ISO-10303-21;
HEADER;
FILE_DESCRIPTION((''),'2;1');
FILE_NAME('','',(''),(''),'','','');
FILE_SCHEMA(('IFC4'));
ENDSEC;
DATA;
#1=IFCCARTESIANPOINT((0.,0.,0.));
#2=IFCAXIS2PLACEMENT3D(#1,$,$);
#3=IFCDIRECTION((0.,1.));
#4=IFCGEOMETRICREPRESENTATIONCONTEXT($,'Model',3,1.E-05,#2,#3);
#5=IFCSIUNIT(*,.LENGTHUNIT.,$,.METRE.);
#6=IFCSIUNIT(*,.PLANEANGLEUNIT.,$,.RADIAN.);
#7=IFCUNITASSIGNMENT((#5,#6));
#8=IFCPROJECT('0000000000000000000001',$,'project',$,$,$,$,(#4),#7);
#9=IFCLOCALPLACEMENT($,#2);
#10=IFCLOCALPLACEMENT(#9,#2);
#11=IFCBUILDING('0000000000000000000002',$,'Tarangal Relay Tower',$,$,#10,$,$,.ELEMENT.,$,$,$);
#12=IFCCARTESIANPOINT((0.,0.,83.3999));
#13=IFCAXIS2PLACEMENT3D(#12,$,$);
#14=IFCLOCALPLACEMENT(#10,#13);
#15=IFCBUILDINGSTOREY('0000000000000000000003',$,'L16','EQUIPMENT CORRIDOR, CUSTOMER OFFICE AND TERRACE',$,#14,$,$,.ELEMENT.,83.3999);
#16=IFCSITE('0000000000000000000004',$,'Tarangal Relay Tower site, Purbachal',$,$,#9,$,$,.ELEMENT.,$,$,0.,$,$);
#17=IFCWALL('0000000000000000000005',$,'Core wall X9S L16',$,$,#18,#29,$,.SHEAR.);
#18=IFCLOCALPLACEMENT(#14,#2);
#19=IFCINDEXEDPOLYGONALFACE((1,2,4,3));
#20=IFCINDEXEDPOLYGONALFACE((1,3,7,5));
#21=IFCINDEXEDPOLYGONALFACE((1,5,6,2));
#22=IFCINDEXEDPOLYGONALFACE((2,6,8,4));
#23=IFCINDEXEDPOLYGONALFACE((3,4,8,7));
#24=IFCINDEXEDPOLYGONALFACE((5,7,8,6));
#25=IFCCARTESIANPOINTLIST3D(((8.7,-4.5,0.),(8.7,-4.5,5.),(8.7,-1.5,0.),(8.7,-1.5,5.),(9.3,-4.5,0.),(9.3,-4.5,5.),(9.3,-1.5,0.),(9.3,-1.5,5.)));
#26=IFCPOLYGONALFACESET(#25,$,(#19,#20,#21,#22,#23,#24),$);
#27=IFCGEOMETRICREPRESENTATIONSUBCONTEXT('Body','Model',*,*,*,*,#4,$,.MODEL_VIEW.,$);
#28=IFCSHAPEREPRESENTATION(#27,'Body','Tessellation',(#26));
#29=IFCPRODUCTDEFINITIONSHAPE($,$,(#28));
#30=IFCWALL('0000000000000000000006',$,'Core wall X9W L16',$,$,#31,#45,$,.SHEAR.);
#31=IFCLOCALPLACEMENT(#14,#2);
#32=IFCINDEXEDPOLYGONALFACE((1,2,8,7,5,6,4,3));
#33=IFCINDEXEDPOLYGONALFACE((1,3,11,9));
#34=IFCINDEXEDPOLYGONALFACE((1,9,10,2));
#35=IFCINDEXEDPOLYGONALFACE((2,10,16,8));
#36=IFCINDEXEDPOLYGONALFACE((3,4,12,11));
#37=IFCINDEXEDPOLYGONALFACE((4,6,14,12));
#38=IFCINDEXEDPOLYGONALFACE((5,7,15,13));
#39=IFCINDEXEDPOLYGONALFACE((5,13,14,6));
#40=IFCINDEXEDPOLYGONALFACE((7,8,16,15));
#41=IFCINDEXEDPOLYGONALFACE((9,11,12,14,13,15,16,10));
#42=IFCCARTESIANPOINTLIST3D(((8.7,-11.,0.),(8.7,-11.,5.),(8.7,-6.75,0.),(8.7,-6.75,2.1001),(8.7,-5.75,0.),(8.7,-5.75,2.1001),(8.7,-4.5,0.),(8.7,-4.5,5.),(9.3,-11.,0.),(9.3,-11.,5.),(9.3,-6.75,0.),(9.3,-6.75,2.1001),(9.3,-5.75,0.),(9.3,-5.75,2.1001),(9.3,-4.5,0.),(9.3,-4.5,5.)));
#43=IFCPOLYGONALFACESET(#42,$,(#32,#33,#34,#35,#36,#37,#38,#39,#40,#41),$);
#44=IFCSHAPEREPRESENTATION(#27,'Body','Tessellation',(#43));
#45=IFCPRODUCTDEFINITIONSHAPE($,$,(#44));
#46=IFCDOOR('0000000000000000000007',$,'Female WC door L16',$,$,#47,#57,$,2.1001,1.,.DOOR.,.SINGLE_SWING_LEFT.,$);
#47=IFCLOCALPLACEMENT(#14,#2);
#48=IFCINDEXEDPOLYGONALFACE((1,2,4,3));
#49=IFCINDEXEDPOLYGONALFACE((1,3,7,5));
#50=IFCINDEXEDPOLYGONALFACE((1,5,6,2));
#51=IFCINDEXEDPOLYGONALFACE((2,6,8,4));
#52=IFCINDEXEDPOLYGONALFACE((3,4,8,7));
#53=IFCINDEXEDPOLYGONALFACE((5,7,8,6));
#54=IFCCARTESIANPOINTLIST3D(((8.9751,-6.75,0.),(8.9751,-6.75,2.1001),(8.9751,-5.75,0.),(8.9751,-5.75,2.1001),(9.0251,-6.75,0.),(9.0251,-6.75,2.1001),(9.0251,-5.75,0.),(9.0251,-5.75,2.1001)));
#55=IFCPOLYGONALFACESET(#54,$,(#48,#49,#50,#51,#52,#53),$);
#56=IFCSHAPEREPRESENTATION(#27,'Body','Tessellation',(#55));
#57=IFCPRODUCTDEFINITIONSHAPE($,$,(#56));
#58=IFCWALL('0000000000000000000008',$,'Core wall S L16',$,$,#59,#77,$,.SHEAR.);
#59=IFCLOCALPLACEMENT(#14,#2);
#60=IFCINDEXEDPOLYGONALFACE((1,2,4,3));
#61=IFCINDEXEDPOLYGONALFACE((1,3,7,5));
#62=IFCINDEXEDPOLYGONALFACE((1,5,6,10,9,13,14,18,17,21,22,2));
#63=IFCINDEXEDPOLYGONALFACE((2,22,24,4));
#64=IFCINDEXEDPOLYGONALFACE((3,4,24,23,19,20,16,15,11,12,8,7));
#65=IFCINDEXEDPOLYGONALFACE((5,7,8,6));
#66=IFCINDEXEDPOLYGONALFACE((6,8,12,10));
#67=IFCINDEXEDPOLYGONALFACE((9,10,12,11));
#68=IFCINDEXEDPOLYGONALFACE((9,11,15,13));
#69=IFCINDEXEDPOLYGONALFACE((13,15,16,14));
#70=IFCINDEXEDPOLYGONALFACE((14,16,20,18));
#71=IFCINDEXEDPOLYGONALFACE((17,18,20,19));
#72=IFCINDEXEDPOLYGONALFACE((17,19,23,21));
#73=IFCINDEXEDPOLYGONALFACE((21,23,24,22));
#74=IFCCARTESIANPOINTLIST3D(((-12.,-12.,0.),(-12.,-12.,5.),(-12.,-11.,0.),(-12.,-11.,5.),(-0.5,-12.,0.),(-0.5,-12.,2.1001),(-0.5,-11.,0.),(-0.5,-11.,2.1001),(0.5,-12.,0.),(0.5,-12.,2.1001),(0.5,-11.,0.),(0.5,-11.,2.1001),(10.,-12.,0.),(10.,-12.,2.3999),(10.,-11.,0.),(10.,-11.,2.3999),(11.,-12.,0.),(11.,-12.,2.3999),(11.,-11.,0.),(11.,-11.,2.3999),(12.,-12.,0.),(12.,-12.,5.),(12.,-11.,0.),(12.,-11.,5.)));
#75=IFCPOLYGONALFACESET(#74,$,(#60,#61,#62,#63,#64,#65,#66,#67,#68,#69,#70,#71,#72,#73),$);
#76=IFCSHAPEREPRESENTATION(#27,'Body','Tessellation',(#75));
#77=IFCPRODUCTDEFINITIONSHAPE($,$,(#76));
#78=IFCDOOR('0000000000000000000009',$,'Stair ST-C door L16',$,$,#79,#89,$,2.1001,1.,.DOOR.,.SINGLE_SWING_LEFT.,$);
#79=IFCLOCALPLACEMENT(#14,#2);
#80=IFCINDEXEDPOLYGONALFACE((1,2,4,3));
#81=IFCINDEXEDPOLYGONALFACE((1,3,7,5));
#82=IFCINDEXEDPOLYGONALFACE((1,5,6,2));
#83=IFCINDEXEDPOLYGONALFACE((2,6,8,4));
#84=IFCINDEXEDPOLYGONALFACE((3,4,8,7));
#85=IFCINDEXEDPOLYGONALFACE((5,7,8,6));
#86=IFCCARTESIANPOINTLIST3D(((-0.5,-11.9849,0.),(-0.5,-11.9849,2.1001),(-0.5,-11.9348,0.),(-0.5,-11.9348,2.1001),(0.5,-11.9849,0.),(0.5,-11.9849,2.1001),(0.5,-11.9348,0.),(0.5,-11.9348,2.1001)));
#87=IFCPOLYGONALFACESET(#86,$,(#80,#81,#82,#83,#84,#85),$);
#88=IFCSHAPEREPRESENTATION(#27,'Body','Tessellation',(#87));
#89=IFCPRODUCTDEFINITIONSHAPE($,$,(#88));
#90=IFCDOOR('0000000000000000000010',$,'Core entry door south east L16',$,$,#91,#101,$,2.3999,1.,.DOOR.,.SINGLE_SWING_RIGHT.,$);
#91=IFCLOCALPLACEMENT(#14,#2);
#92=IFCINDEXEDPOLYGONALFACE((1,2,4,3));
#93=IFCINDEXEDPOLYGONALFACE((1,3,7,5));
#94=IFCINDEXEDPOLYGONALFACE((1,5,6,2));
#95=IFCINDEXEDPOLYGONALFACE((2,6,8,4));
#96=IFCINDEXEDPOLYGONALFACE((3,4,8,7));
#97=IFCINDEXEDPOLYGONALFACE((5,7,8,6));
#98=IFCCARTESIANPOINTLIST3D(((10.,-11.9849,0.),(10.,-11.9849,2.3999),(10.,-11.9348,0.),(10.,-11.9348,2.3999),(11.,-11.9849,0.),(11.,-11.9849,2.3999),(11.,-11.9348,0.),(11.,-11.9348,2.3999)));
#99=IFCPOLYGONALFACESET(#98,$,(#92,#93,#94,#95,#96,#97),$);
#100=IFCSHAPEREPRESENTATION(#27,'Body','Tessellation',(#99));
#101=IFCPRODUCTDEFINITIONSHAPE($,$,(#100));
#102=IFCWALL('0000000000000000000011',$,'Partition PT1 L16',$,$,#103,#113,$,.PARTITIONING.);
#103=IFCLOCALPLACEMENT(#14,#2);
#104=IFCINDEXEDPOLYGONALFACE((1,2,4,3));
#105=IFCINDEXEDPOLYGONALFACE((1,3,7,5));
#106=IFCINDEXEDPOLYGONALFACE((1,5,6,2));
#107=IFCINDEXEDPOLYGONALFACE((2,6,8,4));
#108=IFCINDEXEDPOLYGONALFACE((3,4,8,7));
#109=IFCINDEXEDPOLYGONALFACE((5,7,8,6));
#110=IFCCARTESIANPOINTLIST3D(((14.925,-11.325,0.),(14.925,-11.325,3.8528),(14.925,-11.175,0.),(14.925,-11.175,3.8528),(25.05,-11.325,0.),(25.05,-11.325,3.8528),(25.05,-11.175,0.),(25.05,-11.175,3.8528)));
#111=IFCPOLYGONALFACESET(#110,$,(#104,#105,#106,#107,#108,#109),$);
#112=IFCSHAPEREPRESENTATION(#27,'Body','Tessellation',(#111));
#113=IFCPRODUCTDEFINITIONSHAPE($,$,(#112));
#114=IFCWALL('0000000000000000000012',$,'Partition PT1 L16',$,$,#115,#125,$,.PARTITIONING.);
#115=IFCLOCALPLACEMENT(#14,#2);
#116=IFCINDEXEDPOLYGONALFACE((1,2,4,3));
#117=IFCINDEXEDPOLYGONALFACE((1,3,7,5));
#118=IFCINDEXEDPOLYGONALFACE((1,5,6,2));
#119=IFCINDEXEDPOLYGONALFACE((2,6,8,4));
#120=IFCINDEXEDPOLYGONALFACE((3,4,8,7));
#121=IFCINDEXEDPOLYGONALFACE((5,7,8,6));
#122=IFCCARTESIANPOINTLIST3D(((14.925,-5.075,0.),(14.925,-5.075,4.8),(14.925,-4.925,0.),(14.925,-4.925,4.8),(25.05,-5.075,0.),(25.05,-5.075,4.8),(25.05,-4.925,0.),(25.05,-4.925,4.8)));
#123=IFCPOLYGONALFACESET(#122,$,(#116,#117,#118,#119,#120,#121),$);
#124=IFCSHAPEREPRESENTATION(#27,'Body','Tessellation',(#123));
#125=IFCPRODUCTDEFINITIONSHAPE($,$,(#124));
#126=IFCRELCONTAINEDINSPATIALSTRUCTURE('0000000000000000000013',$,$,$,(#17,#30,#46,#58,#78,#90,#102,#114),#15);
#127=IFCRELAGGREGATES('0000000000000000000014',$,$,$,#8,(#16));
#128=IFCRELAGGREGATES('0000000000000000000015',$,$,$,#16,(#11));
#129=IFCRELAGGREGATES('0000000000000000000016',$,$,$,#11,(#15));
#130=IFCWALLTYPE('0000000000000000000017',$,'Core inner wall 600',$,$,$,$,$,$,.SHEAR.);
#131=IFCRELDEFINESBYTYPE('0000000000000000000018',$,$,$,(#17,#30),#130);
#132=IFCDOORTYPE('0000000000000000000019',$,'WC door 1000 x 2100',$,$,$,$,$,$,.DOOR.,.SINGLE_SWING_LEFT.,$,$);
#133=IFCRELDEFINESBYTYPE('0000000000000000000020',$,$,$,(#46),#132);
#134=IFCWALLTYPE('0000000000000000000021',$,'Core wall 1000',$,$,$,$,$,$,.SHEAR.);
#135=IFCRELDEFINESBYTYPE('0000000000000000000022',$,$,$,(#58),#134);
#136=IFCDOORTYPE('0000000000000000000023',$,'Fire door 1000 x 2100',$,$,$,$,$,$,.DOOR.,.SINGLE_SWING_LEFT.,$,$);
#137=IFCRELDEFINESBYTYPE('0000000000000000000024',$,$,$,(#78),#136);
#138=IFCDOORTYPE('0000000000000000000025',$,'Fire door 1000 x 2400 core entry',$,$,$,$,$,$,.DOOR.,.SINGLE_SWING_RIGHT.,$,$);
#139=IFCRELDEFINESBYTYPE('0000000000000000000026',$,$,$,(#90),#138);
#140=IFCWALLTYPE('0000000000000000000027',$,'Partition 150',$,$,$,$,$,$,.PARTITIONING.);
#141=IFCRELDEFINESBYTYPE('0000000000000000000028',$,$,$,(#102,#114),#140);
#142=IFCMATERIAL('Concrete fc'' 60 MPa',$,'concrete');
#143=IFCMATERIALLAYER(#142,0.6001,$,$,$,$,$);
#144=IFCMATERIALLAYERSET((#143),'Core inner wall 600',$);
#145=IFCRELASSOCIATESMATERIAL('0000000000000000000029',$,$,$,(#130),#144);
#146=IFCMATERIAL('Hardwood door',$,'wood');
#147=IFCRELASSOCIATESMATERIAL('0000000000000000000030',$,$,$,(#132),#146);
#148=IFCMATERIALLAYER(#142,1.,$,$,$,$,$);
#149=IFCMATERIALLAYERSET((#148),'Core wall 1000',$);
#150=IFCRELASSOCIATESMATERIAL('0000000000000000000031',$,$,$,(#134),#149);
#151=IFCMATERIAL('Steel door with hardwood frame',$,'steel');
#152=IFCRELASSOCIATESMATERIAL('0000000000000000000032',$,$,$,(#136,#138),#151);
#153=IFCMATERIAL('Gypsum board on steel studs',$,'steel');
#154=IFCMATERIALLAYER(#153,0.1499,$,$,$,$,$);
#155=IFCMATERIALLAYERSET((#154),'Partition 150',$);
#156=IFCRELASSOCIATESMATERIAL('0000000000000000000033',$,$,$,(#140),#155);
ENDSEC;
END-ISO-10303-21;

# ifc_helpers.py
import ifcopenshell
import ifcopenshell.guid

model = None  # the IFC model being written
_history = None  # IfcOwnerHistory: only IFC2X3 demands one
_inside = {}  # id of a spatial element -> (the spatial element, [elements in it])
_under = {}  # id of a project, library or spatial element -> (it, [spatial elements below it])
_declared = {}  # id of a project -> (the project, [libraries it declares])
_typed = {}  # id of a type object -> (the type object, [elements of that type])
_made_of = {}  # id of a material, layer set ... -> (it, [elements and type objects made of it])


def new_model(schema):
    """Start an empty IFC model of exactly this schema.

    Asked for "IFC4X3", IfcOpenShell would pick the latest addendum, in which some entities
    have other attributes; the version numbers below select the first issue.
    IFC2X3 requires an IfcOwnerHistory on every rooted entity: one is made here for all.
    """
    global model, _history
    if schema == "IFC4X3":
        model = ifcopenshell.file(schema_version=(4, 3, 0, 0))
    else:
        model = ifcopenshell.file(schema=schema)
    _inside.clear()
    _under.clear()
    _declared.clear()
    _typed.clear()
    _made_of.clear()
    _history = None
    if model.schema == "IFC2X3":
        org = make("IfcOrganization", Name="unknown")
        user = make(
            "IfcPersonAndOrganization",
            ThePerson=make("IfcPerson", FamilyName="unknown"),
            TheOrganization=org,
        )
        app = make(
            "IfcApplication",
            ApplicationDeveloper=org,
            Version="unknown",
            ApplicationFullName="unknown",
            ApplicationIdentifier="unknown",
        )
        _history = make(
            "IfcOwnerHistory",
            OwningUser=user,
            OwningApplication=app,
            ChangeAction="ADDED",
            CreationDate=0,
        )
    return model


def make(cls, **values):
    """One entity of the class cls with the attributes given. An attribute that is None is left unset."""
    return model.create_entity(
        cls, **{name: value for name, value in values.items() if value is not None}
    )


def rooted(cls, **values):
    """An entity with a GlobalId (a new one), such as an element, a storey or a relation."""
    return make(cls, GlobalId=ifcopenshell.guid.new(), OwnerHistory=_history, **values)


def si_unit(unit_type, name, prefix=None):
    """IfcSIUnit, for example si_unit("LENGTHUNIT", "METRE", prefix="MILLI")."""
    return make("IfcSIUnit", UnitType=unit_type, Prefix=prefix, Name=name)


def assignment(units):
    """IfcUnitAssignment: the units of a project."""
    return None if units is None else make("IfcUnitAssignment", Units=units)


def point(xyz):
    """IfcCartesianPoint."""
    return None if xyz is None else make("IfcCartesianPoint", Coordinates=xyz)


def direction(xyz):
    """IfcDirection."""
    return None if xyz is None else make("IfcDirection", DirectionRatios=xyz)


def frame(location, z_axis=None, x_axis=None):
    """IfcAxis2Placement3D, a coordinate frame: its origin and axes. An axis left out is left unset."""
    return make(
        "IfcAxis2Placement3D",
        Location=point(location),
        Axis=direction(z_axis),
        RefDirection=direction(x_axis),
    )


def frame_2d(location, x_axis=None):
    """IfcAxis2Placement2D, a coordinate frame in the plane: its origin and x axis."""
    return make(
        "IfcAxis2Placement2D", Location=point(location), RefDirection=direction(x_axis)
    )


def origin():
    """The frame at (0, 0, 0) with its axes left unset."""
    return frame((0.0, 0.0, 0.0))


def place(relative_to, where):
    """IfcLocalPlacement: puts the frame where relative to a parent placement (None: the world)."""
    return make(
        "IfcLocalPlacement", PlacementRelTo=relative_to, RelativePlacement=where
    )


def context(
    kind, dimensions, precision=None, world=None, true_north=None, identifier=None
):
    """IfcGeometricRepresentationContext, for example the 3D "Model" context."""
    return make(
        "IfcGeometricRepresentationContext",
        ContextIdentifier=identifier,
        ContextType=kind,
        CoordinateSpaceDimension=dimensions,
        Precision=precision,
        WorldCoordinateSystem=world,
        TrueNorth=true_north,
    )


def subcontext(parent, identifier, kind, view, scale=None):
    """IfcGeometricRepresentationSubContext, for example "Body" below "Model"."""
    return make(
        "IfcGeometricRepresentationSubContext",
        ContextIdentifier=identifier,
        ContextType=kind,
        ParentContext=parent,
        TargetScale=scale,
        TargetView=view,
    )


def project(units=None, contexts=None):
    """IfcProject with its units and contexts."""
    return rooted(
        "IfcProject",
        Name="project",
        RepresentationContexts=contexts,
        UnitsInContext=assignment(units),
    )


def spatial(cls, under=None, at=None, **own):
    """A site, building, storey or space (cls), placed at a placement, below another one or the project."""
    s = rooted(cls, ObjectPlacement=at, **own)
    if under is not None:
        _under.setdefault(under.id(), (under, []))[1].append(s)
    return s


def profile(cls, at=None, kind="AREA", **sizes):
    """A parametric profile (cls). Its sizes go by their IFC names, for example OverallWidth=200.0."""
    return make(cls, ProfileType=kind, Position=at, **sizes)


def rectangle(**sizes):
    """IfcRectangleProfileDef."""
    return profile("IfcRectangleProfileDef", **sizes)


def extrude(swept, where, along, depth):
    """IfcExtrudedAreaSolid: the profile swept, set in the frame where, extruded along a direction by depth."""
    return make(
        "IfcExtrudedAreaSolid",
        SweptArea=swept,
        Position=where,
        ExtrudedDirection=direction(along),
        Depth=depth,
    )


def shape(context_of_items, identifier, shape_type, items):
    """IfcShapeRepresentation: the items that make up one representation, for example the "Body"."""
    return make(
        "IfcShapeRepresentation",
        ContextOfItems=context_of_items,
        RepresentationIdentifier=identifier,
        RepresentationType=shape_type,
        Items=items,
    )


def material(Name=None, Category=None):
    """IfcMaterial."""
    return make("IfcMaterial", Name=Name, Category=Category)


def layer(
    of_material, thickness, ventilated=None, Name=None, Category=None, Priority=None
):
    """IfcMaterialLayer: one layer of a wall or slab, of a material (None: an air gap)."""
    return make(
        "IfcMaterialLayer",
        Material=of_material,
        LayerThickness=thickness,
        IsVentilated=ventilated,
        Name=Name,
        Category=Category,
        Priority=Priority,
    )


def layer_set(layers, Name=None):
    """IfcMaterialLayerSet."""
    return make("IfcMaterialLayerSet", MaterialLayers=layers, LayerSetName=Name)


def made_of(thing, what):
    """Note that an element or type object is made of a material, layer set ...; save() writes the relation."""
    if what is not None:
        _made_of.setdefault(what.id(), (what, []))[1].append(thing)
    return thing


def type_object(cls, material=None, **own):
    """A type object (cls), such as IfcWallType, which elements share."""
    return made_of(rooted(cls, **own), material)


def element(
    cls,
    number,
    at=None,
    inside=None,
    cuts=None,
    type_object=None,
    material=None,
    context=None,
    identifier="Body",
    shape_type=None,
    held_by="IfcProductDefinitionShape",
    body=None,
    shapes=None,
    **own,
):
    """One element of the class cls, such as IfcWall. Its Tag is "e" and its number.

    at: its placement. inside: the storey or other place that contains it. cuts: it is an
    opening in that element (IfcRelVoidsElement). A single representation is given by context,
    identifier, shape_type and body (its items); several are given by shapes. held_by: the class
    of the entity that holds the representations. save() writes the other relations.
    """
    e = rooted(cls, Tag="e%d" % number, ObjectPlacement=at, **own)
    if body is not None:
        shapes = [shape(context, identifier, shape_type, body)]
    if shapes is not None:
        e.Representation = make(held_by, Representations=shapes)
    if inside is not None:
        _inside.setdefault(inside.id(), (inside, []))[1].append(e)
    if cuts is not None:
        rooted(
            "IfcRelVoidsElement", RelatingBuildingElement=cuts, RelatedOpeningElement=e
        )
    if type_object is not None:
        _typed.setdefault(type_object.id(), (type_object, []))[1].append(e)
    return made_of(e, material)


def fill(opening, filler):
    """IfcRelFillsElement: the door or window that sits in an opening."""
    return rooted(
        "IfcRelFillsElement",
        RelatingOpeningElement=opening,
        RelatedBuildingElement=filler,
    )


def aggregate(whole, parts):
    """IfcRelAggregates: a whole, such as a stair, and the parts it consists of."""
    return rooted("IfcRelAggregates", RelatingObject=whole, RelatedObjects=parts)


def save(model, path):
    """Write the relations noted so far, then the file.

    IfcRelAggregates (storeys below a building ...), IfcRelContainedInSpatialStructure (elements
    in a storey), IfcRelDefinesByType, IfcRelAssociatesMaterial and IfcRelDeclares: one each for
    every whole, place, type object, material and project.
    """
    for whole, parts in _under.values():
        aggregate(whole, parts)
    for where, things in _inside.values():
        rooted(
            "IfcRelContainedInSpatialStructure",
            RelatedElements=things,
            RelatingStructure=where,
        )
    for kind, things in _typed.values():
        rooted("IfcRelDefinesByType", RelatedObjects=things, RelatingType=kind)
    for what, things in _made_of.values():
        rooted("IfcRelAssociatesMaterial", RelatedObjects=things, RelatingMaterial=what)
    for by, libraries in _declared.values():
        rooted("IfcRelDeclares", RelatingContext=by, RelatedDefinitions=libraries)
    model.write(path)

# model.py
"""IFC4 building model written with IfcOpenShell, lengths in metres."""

from ifc_helpers import new_model, si_unit, direction, frame, frame_2d, origin, place, context, subcontext, project, spatial, rectangle, extrude, material, layer, layer_set, type_object, element, fill, save


model = new_model("IFC4")

# Units and contexts
model_context = context("Model", 3, precision=1e-05, world=origin(), true_north=direction((0.0, 1.0)))
body_context = subcontext(model_context, "Body", "Model", "MODEL_VIEW")
ifc_project = project(units=[si_unit("LENGTHUNIT", "METRE"), si_unit("PLANEANGLEUNIT", "RADIAN")], contexts=[model_context])

# Site, building, storey
site_placement = place(None, origin())
site = spatial("IfcSite", under=ifc_project, at=site_placement, Name="Tarangal Relay Tower site, Purbachal", CompositionType="ELEMENT", RefElevation=0.0)
building_placement = place(site_placement, origin())
building = spatial("IfcBuilding", under=site, at=building_placement, Name="Tarangal Relay Tower", CompositionType="ELEMENT")
storey_placement = place(building_placement, frame((0.0, 0.0, 83.3999)))
storey = spatial("IfcBuildingStorey", under=building, at=storey_placement, Name="L16", Description="EQUIPMENT CORRIDOR, CUSTOMER OFFICE AND TERRACE", CompositionType="ELEMENT", Elevation=83.3999)

# Wall
ifc_material_1 = material(Name="Concrete fc' 60 MPa", Category="concrete")
ifc_layer_1 = layer(ifc_material_1, 0.6001)
ifc_layer_set_1 = layer_set([ifc_layer_1], Name="Core inner wall 600")
wall_type_1 = type_object("IfcWallType", Name="Core inner wall 600", PredefinedType="SHEAR", material=ifc_layer_set_1)
wall_1_placement = place(storey_placement, frame((9.0, -4.5, 0.0), z_axis=(0.0, 0.0, 1.0), x_axis=(0.0, 1.0, 0.0)))
element("IfcWall", 1, at=wall_1_placement, inside=storey, type_object=wall_type_1, Name="Core wall X9S L16", PredefinedType="SHEAR", context=body_context, shape_type="SweptSolid", body=[
    extrude(rectangle(XDim=3.0, YDim=0.6001, at=frame_2d((1.5, 0.0))), origin(), (0.0, 0.0, 1.0), 5.0),
])

# Wall, opening, door
wall_2_placement = place(storey_placement, frame((9.0, -11.0, 0.0), z_axis=(0.0, 0.0, 1.0), x_axis=(0.0, 1.0, 0.0)))
wall_2 = element("IfcWall", 2, at=wall_2_placement, inside=storey, type_object=wall_type_1, Name="Core wall X9W L16", PredefinedType="SHEAR", context=body_context, shape_type="SweptSolid", body=[
    extrude(rectangle(XDim=6.5, YDim=0.6001, at=frame_2d((3.25, 0.0))), origin(), (0.0, 0.0, 1.0), 5.0),
])
opening_1_placement = place(wall_2_placement, frame((4.25, 0.0, 0.0)))
opening_1 = element("IfcOpeningElement", 3, at=opening_1_placement, cuts=wall_2, PredefinedType="OPENING", context=body_context, shape_type="SweptSolid", body=[
    extrude(rectangle(XDim=1.0, YDim=2.1001, at=frame_2d((0.5, 1.05))), frame((0.0, 0.3101, 0.0), z_axis=(0.0, -1.0, 0.0), x_axis=(1.0, 0.0, 0.0)), (0.0, 0.0, 1.0), 0.6201),
])
ifc_material_2 = material(Name="Hardwood door", Category="wood")
door_type_1 = type_object("IfcDoorType", Name="WC door 1000 x 2100", OperationType="SINGLE_SWING_LEFT", PredefinedType="DOOR", material=ifc_material_2)
door_1_placement = place(opening_1_placement, origin())
door_1 = element("IfcDoor", 4, at=door_1_placement, inside=storey, type_object=door_type_1, Name="Female WC door L16", OperationType="SINGLE_SWING_LEFT", OverallHeight=2.1001, OverallWidth=1.0, PredefinedType="DOOR", context=body_context, shape_type="SweptSolid", body=[
    extrude(rectangle(XDim=1.0, YDim=2.1001, at=frame_2d((0.5, 1.05))), frame((0.0, 0.0249, 0.0), z_axis=(0.0, -1.0, 0.0), x_axis=(1.0, 0.0, 0.0)), (0.0, 0.0, 1.0), 0.05),
])
fill(opening_1, door_1)

# Wall, openings, doors
ifc_layer_2 = layer(ifc_material_1, 1.0)
ifc_layer_set_2 = layer_set([ifc_layer_2], Name="Core wall 1000")
wall_type_2 = type_object("IfcWallType", Name="Core wall 1000", PredefinedType="SHEAR", material=ifc_layer_set_2)
wall_3_placement = place(storey_placement, frame((12.0, -11.5, 0.0), z_axis=(0.0, 0.0, 1.0), x_axis=(-1.0, 0.0, 0.0)))
wall_3 = element("IfcWall", 5, at=wall_3_placement, inside=storey, type_object=wall_type_2, Name="Core wall S L16", PredefinedType="SHEAR", context=body_context, shape_type="SweptSolid", body=[
    extrude(rectangle(XDim=24.0, YDim=1.0, at=frame_2d((12.0, 0.0))), origin(), (0.0, 0.0, 1.0), 5.0),
])
opening_2_placement = place(wall_3_placement, frame((11.5, 0.0, 0.0)))
opening_2 = element("IfcOpeningElement", 6, at=opening_2_placement, cuts=wall_3, PredefinedType="OPENING", context=body_context, shape_type="SweptSolid", body=[
    extrude(rectangle(XDim=1.0, YDim=2.1001, at=frame_2d((0.5, 1.05))), frame((0.0, 0.51, 0.0), z_axis=(0.0, -1.0, 0.0), x_axis=(1.0, 0.0, 0.0)), (0.0, 0.0, 1.0), 1.02),
])
opening_3_placement = place(wall_3_placement, frame((1.0, 0.0, 0.0)))
opening_3 = element("IfcOpeningElement", 7, at=opening_3_placement, cuts=wall_3, PredefinedType="OPENING", context=body_context, shape_type="SweptSolid", body=[
    extrude(rectangle(XDim=1.0, YDim=2.3999, at=frame_2d((0.5, 1.2))), frame((0.0, 0.51, 0.0), z_axis=(0.0, -1.0, 0.0), x_axis=(1.0, 0.0, 0.0)), (0.0, 0.0, 1.0), 1.02),
])
ifc_material_3 = material(Name="Steel door with hardwood frame", Category="steel")
door_type_2 = type_object("IfcDoorType", Name="Fire door 1000 x 2100", OperationType="SINGLE_SWING_LEFT", PredefinedType="DOOR", material=ifc_material_3)
door_2_placement = place(opening_2_placement, origin())
door_2 = element("IfcDoor", 8, at=door_2_placement, inside=storey, type_object=door_type_2, Name="Stair ST-C door L16", OperationType="SINGLE_SWING_LEFT", OverallHeight=2.1001, OverallWidth=1.0, PredefinedType="DOOR", context=body_context, shape_type="SweptSolid", body=[
    extrude(rectangle(XDim=1.0, YDim=2.1001, at=frame_2d((0.5, 1.05))), frame((0.0, 0.4849, 0.0), z_axis=(0.0, -1.0, 0.0), x_axis=(1.0, 0.0, 0.0)), (0.0, 0.0, 1.0), 0.05),
])
fill(opening_2, door_2)
door_type_3 = type_object("IfcDoorType", Name="Fire door 1000 x 2400 core entry", OperationType="SINGLE_SWING_RIGHT", PredefinedType="DOOR", material=ifc_material_3)
door_3_placement = place(opening_3_placement, origin())
door_3 = element("IfcDoor", 9, at=door_3_placement, inside=storey, type_object=door_type_3, Name="Core entry door south east L16", OperationType="SINGLE_SWING_RIGHT", OverallHeight=2.3999, OverallWidth=1.0, PredefinedType="DOOR", context=body_context, shape_type="SweptSolid", body=[
    extrude(rectangle(XDim=1.0, YDim=2.3999, at=frame_2d((0.5, 1.2))), frame((0.0, 0.4849, 0.0), z_axis=(0.0, -1.0, 0.0), x_axis=(1.0, 0.0, 0.0)), (0.0, 0.0, 1.0), 0.05),
])
fill(opening_3, door_3)

# Walls
ifc_material_4 = material(Name="Gypsum board on steel studs", Category="steel")
ifc_layer_3 = layer(ifc_material_4, 0.1499)
ifc_layer_set_3 = layer_set([ifc_layer_3], Name="Partition 150")
wall_type_3 = type_object("IfcWallType", Name="Partition 150", PredefinedType="PARTITIONING", material=ifc_layer_set_3)
wall_4_placement = place(storey_placement, frame((14.925, -11.25, 0.0), z_axis=(0.0, 0.0, 1.0), x_axis=(1.0, 0.0, 0.0)))
element("IfcWall", 10, at=wall_4_placement, inside=storey, type_object=wall_type_3, Name="Partition PT1 L16", PredefinedType="PARTITIONING", context=body_context, shape_type="SweptSolid", body=[
    extrude(rectangle(XDim=10.125, YDim=0.1499, at=frame_2d((5.0625, 0.0))), origin(), (0.0, 0.0, 1.0), 3.8528),
])
wall_5_placement = place(storey_placement, frame((14.925, -5.0, 0.0), z_axis=(0.0, 0.0, 1.0), x_axis=(1.0, 0.0, 0.0)))
element("IfcWall", 11, at=wall_5_placement, inside=storey, type_object=wall_type_3, Name="Partition PT1 L16", PredefinedType="PARTITIONING", context=body_context, shape_type="SweptSolid", body=[
    extrude(rectangle(XDim=10.125, YDim=0.1499, at=frame_2d((5.0625, 0.0))), origin(), (0.0, 0.0, 1.0), 4.8),
])

save(model, "model.ifc")
